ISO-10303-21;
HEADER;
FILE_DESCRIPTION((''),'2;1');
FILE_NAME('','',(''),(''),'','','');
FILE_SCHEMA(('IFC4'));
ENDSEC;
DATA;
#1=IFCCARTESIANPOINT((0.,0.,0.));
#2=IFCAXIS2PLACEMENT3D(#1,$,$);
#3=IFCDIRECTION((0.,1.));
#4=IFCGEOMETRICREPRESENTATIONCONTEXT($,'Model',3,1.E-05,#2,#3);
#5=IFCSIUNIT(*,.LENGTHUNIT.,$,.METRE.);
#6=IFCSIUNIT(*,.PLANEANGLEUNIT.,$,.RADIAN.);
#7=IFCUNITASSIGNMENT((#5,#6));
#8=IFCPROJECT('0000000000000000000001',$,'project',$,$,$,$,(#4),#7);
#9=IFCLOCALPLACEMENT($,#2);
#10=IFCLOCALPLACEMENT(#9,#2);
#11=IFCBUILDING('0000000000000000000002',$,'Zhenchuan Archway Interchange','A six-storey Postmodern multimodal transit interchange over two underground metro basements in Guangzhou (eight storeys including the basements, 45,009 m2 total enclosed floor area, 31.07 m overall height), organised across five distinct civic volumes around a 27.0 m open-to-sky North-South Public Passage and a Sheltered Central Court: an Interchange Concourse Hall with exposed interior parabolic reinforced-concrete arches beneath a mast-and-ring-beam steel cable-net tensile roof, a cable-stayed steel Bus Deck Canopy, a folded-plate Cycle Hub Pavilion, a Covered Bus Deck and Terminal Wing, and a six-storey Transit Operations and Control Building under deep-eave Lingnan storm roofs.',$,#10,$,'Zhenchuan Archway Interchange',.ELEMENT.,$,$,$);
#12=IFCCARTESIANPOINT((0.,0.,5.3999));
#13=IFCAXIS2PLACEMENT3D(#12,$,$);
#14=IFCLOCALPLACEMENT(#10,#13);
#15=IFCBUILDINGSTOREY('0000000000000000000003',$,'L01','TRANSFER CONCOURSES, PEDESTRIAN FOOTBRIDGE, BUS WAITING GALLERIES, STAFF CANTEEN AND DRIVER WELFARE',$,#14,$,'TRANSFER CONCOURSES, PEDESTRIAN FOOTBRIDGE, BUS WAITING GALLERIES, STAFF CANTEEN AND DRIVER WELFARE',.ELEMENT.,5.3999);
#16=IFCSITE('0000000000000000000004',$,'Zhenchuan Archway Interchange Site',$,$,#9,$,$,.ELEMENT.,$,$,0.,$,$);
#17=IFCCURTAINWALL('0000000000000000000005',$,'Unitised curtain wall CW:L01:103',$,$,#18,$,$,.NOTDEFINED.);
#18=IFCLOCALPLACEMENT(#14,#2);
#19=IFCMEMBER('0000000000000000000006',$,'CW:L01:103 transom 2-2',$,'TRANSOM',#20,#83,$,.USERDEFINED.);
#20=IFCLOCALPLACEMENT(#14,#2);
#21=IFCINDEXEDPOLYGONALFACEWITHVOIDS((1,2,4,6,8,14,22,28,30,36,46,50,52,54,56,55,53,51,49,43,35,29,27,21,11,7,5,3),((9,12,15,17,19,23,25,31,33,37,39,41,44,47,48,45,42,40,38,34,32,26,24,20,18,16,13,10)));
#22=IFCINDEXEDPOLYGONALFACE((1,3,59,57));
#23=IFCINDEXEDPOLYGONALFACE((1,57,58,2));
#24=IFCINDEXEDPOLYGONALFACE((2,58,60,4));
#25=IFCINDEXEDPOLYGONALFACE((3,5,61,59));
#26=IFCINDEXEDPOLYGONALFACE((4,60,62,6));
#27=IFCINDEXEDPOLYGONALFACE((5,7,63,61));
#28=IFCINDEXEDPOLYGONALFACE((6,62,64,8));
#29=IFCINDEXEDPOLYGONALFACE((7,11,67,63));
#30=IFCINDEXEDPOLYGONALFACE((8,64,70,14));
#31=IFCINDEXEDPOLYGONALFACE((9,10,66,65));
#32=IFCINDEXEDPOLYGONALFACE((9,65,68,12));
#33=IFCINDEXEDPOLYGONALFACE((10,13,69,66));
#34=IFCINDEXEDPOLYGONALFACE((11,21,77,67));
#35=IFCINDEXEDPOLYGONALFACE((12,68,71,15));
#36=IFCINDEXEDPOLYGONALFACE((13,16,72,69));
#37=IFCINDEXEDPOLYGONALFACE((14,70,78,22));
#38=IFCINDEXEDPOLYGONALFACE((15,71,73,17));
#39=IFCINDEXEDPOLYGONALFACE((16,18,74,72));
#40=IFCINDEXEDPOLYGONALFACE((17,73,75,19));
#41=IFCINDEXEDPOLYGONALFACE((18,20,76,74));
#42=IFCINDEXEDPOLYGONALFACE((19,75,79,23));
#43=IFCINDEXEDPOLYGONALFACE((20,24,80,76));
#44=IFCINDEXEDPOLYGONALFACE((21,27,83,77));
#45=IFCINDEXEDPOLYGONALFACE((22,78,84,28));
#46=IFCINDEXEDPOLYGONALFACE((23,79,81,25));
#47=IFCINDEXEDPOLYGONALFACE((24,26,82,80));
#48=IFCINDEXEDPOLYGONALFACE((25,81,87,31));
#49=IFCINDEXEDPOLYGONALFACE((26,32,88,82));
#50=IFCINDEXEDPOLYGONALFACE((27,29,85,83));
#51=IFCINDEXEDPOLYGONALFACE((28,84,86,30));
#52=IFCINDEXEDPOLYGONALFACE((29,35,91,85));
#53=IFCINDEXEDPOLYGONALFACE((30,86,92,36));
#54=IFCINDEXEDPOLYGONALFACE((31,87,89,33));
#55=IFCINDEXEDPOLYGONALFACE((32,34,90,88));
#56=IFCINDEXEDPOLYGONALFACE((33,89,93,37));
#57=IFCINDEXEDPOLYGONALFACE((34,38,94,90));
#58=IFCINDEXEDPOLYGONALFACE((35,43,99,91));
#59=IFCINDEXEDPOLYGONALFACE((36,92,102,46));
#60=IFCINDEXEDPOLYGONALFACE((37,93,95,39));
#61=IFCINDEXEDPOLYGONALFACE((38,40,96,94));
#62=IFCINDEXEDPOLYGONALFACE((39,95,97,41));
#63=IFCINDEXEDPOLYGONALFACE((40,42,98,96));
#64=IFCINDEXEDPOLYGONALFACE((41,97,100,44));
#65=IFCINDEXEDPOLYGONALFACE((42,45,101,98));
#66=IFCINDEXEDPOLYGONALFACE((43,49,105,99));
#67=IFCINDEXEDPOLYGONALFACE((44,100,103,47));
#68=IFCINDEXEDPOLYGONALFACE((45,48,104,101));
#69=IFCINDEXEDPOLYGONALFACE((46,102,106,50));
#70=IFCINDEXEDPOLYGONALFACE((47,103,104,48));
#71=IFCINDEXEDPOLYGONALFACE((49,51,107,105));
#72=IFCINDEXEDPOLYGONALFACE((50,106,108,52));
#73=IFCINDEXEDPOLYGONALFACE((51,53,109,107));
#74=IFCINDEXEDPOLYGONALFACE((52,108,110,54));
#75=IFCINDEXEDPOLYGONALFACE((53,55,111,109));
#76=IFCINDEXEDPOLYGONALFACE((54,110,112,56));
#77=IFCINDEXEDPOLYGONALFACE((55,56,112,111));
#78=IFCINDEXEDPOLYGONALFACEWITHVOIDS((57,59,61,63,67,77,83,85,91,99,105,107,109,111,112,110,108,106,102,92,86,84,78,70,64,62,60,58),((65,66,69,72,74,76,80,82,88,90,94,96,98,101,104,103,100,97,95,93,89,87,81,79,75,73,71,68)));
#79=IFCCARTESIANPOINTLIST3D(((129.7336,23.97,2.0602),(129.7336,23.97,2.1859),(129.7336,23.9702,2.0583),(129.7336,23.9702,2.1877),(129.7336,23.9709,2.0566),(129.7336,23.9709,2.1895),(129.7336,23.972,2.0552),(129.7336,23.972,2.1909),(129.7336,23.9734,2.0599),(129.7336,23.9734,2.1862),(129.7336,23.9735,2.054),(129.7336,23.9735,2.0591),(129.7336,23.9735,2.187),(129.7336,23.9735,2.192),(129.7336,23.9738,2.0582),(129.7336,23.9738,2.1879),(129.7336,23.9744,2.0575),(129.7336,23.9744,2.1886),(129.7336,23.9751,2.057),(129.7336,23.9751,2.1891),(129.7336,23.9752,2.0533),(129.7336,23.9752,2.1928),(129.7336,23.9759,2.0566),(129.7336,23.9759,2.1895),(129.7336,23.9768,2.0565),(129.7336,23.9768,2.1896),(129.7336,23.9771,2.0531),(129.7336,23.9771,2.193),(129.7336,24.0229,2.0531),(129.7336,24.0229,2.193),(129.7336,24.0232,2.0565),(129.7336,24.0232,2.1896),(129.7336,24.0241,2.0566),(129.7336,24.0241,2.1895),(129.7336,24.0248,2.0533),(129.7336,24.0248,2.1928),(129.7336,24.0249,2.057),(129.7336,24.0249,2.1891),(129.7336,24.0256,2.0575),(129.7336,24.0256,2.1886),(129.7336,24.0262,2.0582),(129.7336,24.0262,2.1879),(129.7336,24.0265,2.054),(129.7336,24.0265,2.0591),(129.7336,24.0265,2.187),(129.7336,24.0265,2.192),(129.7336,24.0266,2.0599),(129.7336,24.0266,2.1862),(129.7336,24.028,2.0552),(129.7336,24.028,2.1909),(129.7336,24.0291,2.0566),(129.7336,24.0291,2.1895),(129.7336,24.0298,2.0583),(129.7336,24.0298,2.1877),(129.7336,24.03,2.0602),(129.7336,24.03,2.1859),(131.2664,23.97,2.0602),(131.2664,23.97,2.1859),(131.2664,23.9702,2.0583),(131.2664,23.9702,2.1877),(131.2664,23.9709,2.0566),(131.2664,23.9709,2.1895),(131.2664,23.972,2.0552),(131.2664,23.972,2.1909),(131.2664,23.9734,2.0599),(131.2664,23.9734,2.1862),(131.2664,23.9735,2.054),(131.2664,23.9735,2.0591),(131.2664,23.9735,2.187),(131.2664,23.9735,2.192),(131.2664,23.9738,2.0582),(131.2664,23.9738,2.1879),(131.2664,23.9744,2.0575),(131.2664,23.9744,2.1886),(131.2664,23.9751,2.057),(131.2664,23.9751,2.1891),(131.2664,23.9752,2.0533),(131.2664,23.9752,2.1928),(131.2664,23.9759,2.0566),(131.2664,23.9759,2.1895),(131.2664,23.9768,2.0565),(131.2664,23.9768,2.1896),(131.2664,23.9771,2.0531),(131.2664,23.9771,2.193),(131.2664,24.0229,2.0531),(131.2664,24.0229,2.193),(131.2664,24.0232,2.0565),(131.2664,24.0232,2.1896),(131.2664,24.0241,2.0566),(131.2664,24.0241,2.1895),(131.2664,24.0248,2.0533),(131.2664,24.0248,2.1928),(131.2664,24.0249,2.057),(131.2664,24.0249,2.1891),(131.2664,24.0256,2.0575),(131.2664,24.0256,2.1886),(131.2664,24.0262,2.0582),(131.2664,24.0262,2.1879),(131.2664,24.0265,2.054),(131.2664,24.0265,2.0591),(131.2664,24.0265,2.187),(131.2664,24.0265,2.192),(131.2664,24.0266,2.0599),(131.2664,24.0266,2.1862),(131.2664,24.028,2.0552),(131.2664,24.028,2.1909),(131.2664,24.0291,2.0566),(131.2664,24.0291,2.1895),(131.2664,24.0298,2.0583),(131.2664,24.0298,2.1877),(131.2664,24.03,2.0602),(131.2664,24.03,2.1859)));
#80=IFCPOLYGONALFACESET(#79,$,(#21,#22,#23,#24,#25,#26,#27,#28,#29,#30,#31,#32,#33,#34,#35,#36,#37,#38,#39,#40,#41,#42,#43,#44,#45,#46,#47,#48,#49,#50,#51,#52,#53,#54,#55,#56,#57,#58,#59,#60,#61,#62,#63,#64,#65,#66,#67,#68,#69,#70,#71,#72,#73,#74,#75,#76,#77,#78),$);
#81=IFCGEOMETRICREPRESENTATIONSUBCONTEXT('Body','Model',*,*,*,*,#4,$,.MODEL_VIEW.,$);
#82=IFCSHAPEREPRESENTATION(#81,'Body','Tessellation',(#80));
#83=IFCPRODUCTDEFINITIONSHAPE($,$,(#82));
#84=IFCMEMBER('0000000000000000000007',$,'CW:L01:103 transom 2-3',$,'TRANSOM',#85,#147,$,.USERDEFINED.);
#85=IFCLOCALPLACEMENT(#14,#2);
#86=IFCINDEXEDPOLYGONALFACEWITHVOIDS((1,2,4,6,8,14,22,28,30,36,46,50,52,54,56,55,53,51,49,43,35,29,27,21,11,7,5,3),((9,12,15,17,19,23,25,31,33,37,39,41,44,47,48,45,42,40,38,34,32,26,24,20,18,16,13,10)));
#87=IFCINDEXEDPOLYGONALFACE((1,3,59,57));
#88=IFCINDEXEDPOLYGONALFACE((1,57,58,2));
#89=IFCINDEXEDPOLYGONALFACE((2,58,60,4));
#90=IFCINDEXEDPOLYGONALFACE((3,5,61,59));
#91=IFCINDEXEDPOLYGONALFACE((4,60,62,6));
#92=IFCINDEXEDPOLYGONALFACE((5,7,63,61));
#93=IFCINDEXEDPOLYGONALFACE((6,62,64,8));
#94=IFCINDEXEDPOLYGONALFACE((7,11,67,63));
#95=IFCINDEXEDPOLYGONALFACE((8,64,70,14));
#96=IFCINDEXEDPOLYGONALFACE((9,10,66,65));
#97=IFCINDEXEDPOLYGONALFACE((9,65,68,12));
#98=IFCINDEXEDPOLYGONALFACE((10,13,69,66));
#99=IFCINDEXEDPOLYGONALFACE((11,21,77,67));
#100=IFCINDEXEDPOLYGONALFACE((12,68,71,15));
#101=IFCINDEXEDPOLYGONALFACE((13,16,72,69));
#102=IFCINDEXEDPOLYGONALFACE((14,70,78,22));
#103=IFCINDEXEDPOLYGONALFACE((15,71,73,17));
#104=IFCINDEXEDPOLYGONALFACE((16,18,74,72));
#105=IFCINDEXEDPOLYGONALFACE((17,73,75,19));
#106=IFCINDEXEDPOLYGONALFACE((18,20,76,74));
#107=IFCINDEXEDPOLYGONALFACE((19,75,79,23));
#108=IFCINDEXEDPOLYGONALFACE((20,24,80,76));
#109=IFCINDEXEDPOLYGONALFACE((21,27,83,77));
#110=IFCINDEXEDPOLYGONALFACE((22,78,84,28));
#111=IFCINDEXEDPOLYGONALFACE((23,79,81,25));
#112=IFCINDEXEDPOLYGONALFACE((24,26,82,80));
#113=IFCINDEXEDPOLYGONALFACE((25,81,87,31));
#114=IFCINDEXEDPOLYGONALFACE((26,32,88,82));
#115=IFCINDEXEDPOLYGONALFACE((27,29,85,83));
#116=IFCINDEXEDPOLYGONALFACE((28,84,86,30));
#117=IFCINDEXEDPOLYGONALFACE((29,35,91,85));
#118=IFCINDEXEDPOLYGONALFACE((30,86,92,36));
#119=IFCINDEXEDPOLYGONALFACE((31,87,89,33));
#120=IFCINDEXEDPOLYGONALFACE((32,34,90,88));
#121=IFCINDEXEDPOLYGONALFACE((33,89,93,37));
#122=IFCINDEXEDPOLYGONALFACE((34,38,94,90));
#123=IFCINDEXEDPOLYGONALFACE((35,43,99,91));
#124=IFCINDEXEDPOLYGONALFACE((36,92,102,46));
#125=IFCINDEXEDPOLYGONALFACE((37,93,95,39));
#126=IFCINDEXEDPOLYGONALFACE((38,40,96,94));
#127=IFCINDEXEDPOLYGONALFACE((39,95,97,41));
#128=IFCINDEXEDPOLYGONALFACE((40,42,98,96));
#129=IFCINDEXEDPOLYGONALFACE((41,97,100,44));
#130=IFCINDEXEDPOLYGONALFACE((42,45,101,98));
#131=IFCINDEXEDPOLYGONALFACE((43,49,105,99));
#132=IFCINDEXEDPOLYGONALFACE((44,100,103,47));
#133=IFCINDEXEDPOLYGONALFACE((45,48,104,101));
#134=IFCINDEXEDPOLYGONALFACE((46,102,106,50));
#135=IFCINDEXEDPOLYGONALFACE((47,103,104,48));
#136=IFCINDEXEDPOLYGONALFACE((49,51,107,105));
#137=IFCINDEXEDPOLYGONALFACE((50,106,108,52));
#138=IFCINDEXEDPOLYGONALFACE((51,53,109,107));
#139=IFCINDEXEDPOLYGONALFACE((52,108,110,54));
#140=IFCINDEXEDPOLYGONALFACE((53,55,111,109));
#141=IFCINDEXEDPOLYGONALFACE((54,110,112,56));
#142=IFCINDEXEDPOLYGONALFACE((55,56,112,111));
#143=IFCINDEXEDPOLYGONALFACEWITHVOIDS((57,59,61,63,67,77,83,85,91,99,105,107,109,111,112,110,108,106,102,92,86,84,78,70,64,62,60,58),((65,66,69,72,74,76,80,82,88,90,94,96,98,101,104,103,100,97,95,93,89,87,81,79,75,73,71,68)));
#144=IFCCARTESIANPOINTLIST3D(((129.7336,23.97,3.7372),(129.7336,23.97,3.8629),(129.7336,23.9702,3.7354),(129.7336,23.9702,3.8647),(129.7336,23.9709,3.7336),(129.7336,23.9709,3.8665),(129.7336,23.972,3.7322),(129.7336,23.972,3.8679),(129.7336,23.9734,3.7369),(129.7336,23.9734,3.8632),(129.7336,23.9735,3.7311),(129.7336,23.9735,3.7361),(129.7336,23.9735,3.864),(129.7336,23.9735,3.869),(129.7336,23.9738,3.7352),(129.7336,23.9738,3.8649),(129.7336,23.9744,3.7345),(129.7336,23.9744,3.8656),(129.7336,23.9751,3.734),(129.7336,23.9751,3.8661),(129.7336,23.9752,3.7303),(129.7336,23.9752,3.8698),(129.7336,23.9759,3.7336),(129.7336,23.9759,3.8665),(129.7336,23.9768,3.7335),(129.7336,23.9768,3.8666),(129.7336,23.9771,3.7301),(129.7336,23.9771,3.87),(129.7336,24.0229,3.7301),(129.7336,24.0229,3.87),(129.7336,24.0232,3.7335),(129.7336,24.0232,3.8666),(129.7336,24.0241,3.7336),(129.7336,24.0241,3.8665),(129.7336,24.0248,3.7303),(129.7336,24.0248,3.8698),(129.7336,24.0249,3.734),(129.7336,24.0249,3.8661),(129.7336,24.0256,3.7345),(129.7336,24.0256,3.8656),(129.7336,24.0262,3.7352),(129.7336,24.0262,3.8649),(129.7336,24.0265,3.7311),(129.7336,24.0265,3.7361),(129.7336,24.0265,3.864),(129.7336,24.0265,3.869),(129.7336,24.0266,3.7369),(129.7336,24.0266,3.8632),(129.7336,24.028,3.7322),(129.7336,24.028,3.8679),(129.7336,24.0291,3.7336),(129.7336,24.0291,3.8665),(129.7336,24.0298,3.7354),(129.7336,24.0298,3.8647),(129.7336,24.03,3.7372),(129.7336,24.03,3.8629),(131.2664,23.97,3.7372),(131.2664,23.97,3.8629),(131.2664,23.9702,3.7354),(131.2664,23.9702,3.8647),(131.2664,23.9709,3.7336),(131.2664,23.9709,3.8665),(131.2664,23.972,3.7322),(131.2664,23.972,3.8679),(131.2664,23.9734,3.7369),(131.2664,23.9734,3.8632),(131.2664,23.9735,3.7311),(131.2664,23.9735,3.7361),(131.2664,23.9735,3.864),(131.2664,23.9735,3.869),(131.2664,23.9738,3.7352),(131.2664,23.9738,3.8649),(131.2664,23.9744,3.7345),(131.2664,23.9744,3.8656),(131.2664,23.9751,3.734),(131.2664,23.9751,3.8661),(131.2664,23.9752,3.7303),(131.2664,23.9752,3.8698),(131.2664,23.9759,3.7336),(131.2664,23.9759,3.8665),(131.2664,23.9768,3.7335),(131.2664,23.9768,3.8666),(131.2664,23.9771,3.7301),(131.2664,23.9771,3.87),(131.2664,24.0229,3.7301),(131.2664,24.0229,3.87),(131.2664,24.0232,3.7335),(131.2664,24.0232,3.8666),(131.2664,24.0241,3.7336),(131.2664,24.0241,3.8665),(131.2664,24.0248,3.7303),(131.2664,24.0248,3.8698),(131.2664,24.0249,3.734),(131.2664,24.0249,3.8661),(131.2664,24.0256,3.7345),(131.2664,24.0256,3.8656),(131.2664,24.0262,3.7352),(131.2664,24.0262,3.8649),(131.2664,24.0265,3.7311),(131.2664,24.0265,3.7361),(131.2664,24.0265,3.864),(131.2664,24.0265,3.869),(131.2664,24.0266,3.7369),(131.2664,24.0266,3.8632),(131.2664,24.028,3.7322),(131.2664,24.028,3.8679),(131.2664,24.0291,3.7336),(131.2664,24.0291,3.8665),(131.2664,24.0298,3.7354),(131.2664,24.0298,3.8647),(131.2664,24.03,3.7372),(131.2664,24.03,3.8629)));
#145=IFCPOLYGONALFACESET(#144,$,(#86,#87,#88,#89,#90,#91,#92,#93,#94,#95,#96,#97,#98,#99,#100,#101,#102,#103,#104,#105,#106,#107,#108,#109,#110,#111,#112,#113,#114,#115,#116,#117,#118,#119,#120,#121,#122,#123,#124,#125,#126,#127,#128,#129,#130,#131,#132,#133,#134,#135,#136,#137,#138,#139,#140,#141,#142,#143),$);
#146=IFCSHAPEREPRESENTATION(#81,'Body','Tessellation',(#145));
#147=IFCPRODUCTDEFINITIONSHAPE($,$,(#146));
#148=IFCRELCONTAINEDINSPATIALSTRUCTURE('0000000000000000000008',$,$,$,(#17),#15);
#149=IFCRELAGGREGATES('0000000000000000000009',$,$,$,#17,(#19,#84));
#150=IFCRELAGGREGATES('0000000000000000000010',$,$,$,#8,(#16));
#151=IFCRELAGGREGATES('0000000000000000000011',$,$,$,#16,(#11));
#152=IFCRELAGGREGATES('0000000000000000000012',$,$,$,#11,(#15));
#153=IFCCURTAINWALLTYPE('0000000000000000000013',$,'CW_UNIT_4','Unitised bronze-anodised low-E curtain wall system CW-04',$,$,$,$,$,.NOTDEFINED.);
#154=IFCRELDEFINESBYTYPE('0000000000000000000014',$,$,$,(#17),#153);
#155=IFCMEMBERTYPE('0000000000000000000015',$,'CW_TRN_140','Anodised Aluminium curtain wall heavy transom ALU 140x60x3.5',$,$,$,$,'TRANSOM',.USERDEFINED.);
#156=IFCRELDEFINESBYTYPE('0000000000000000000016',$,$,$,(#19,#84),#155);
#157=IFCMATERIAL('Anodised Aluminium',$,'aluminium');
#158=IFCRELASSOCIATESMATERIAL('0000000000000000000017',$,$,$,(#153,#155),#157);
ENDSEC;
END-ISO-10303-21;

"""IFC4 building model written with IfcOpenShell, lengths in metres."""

from ifc_helpers import new_model, si_unit, direction, frame, origin, origin_2d, place, context, subcontext, project, spatial, hollow_rectangle, extrude, material, material_profile, profile_set, type_object, element, aggregate, save


model = new_model("IFC4")

# Units and contexts
model_context = context("Model", 3, precision=1e-05, world=origin(), true_north=direction((0.0, 1.0)))
body_context = subcontext(model_context, "Body", "Model", "MODEL_VIEW")
ifc_project = project(units=[si_unit("LENGTHUNIT", "METRE"), si_unit("PLANEANGLEUNIT", "RADIAN")], contexts=[model_context])

# Site, building, storey
site_placement = place(None, origin())
site = spatial("IfcSite", under=ifc_project, at=site_placement, Name="Zhenchuan Archway Interchange Site", CompositionType="ELEMENT", RefElevation=0.0)
building_placement = place(site_placement, origin())
building = spatial("IfcBuilding", under=site, at=building_placement, Name="Zhenchuan Archway Interchange", Description="A six-storey Postmodern multimodal transit interchange over two underground metro basements in Guangzhou (eight storeys including the basements, 45,009 m2 total enclosed floor area, 31.07 m overall height), organised across five distinct civic volumes around a 27.0 m open-to-sky North-South Public Passage and a Sheltered Central Court: an Interchange Concourse Hall with exposed interior parabolic reinforced-concrete arches beneath a mast-and-ring-beam steel cable-net tensile roof, a cable-stayed steel Bus Deck Canopy, a folded-plate Cycle Hub Pavilion, a Covered Bus Deck and Terminal Wing, and a six-storey Transit Operations and Control Building under deep-eave Lingnan storm roofs.", LongName="Zhenchuan Archway Interchange", CompositionType="ELEMENT")
storey_placement = place(building_placement, frame((0.0, 0.0, 5.3999)))
storey = spatial("IfcBuildingStorey", under=building, at=storey_placement, Name="L01", Description="TRANSFER CONCOURSES, PEDESTRIAN FOOTBRIDGE, BUS WAITING GALLERIES, STAFF CANTEEN AND DRIVER WELFARE", LongName="TRANSFER CONCOURSES, PEDESTRIAN FOOTBRIDGE, BUS WAITING GALLERIES, STAFF CANTEEN AND DRIVER WELFARE", CompositionType="ELEMENT", Elevation=5.3999)

# Curtain wall
ifc_material_1 = material(Name="Anodised Aluminium", Category="aluminium")
curtain_wall_type_1 = type_object("IfcCurtainWallType", Name="CW_UNIT_4", Description="Unitised bronze-anodised low-E curtain wall system CW-04", PredefinedType="NOTDEFINED", material=ifc_material_1)
curtain_wall_1_placement = place(storey_placement, origin())
curtain_wall_1 = element("IfcCurtainWall", 1, at=curtain_wall_1_placement, inside=storey, type_object=curtain_wall_type_1, Name="Unitised curtain wall CW:L01:103", PredefinedType="NOTDEFINED")

# Members
ifc_material_profile_1 = material_profile(ifc_material_1, hollow_rectangle(XDim=0.0601, YDim=0.1399, WallThickness=0.0034, InnerFilletRadius=0.0034, OuterFilletRadius=0.0071, at=origin_2d()), Name="ALU 140x60x3.5")
ifc_profile_set_1 = profile_set([ifc_material_profile_1], Name="Anodised Aluminium")
member_type_1 = type_object("IfcMemberType", Name="CW_TRN_140", Description="Anodised Aluminium curtain wall heavy transom ALU 140x60x3.5", ElementType="TRANSOM", PredefinedType="USERDEFINED", material=ifc_profile_set_1)
member_1_placement = place(storey_placement, frame((129.7336, 24.0, 2.123), z_axis=(1.0, 0.0, 0.0), x_axis=(0.0, 1.0, 0.0)))
member_1 = element("IfcMember", 2, at=member_1_placement, type_object=member_type_1, Name="CW:L01:103 transom 2-2", ObjectType="TRANSOM", PredefinedType="USERDEFINED", context=body_context, shape_type="SweptSolid", body=[
    extrude(hollow_rectangle(XDim=0.0601, YDim=0.1399, WallThickness=0.0034, InnerFilletRadius=0.0034, OuterFilletRadius=0.0071, at=origin_2d()), origin(), (0.0, 0.0, 1.0), 1.5327),
])
member_2_placement = place(storey_placement, frame((129.7336, 24.0, 3.8), z_axis=(1.0, 0.0, 0.0), x_axis=(0.0, 1.0, 0.0)))
member_2 = element("IfcMember", 3, at=member_2_placement, type_object=member_type_1, Name="CW:L01:103 transom 2-3", ObjectType="TRANSOM", PredefinedType="USERDEFINED", context=body_context, shape_type="SweptSolid", body=[
    extrude(hollow_rectangle(XDim=0.0601, YDim=0.1399, WallThickness=0.0034, InnerFilletRadius=0.0034, OuterFilletRadius=0.0071, at=origin_2d()), origin(), (0.0, 0.0, 1.0), 1.5327),
])

aggregate(curtain_wall_1, [member_1, member_2])

save(model, "model.ifc")
